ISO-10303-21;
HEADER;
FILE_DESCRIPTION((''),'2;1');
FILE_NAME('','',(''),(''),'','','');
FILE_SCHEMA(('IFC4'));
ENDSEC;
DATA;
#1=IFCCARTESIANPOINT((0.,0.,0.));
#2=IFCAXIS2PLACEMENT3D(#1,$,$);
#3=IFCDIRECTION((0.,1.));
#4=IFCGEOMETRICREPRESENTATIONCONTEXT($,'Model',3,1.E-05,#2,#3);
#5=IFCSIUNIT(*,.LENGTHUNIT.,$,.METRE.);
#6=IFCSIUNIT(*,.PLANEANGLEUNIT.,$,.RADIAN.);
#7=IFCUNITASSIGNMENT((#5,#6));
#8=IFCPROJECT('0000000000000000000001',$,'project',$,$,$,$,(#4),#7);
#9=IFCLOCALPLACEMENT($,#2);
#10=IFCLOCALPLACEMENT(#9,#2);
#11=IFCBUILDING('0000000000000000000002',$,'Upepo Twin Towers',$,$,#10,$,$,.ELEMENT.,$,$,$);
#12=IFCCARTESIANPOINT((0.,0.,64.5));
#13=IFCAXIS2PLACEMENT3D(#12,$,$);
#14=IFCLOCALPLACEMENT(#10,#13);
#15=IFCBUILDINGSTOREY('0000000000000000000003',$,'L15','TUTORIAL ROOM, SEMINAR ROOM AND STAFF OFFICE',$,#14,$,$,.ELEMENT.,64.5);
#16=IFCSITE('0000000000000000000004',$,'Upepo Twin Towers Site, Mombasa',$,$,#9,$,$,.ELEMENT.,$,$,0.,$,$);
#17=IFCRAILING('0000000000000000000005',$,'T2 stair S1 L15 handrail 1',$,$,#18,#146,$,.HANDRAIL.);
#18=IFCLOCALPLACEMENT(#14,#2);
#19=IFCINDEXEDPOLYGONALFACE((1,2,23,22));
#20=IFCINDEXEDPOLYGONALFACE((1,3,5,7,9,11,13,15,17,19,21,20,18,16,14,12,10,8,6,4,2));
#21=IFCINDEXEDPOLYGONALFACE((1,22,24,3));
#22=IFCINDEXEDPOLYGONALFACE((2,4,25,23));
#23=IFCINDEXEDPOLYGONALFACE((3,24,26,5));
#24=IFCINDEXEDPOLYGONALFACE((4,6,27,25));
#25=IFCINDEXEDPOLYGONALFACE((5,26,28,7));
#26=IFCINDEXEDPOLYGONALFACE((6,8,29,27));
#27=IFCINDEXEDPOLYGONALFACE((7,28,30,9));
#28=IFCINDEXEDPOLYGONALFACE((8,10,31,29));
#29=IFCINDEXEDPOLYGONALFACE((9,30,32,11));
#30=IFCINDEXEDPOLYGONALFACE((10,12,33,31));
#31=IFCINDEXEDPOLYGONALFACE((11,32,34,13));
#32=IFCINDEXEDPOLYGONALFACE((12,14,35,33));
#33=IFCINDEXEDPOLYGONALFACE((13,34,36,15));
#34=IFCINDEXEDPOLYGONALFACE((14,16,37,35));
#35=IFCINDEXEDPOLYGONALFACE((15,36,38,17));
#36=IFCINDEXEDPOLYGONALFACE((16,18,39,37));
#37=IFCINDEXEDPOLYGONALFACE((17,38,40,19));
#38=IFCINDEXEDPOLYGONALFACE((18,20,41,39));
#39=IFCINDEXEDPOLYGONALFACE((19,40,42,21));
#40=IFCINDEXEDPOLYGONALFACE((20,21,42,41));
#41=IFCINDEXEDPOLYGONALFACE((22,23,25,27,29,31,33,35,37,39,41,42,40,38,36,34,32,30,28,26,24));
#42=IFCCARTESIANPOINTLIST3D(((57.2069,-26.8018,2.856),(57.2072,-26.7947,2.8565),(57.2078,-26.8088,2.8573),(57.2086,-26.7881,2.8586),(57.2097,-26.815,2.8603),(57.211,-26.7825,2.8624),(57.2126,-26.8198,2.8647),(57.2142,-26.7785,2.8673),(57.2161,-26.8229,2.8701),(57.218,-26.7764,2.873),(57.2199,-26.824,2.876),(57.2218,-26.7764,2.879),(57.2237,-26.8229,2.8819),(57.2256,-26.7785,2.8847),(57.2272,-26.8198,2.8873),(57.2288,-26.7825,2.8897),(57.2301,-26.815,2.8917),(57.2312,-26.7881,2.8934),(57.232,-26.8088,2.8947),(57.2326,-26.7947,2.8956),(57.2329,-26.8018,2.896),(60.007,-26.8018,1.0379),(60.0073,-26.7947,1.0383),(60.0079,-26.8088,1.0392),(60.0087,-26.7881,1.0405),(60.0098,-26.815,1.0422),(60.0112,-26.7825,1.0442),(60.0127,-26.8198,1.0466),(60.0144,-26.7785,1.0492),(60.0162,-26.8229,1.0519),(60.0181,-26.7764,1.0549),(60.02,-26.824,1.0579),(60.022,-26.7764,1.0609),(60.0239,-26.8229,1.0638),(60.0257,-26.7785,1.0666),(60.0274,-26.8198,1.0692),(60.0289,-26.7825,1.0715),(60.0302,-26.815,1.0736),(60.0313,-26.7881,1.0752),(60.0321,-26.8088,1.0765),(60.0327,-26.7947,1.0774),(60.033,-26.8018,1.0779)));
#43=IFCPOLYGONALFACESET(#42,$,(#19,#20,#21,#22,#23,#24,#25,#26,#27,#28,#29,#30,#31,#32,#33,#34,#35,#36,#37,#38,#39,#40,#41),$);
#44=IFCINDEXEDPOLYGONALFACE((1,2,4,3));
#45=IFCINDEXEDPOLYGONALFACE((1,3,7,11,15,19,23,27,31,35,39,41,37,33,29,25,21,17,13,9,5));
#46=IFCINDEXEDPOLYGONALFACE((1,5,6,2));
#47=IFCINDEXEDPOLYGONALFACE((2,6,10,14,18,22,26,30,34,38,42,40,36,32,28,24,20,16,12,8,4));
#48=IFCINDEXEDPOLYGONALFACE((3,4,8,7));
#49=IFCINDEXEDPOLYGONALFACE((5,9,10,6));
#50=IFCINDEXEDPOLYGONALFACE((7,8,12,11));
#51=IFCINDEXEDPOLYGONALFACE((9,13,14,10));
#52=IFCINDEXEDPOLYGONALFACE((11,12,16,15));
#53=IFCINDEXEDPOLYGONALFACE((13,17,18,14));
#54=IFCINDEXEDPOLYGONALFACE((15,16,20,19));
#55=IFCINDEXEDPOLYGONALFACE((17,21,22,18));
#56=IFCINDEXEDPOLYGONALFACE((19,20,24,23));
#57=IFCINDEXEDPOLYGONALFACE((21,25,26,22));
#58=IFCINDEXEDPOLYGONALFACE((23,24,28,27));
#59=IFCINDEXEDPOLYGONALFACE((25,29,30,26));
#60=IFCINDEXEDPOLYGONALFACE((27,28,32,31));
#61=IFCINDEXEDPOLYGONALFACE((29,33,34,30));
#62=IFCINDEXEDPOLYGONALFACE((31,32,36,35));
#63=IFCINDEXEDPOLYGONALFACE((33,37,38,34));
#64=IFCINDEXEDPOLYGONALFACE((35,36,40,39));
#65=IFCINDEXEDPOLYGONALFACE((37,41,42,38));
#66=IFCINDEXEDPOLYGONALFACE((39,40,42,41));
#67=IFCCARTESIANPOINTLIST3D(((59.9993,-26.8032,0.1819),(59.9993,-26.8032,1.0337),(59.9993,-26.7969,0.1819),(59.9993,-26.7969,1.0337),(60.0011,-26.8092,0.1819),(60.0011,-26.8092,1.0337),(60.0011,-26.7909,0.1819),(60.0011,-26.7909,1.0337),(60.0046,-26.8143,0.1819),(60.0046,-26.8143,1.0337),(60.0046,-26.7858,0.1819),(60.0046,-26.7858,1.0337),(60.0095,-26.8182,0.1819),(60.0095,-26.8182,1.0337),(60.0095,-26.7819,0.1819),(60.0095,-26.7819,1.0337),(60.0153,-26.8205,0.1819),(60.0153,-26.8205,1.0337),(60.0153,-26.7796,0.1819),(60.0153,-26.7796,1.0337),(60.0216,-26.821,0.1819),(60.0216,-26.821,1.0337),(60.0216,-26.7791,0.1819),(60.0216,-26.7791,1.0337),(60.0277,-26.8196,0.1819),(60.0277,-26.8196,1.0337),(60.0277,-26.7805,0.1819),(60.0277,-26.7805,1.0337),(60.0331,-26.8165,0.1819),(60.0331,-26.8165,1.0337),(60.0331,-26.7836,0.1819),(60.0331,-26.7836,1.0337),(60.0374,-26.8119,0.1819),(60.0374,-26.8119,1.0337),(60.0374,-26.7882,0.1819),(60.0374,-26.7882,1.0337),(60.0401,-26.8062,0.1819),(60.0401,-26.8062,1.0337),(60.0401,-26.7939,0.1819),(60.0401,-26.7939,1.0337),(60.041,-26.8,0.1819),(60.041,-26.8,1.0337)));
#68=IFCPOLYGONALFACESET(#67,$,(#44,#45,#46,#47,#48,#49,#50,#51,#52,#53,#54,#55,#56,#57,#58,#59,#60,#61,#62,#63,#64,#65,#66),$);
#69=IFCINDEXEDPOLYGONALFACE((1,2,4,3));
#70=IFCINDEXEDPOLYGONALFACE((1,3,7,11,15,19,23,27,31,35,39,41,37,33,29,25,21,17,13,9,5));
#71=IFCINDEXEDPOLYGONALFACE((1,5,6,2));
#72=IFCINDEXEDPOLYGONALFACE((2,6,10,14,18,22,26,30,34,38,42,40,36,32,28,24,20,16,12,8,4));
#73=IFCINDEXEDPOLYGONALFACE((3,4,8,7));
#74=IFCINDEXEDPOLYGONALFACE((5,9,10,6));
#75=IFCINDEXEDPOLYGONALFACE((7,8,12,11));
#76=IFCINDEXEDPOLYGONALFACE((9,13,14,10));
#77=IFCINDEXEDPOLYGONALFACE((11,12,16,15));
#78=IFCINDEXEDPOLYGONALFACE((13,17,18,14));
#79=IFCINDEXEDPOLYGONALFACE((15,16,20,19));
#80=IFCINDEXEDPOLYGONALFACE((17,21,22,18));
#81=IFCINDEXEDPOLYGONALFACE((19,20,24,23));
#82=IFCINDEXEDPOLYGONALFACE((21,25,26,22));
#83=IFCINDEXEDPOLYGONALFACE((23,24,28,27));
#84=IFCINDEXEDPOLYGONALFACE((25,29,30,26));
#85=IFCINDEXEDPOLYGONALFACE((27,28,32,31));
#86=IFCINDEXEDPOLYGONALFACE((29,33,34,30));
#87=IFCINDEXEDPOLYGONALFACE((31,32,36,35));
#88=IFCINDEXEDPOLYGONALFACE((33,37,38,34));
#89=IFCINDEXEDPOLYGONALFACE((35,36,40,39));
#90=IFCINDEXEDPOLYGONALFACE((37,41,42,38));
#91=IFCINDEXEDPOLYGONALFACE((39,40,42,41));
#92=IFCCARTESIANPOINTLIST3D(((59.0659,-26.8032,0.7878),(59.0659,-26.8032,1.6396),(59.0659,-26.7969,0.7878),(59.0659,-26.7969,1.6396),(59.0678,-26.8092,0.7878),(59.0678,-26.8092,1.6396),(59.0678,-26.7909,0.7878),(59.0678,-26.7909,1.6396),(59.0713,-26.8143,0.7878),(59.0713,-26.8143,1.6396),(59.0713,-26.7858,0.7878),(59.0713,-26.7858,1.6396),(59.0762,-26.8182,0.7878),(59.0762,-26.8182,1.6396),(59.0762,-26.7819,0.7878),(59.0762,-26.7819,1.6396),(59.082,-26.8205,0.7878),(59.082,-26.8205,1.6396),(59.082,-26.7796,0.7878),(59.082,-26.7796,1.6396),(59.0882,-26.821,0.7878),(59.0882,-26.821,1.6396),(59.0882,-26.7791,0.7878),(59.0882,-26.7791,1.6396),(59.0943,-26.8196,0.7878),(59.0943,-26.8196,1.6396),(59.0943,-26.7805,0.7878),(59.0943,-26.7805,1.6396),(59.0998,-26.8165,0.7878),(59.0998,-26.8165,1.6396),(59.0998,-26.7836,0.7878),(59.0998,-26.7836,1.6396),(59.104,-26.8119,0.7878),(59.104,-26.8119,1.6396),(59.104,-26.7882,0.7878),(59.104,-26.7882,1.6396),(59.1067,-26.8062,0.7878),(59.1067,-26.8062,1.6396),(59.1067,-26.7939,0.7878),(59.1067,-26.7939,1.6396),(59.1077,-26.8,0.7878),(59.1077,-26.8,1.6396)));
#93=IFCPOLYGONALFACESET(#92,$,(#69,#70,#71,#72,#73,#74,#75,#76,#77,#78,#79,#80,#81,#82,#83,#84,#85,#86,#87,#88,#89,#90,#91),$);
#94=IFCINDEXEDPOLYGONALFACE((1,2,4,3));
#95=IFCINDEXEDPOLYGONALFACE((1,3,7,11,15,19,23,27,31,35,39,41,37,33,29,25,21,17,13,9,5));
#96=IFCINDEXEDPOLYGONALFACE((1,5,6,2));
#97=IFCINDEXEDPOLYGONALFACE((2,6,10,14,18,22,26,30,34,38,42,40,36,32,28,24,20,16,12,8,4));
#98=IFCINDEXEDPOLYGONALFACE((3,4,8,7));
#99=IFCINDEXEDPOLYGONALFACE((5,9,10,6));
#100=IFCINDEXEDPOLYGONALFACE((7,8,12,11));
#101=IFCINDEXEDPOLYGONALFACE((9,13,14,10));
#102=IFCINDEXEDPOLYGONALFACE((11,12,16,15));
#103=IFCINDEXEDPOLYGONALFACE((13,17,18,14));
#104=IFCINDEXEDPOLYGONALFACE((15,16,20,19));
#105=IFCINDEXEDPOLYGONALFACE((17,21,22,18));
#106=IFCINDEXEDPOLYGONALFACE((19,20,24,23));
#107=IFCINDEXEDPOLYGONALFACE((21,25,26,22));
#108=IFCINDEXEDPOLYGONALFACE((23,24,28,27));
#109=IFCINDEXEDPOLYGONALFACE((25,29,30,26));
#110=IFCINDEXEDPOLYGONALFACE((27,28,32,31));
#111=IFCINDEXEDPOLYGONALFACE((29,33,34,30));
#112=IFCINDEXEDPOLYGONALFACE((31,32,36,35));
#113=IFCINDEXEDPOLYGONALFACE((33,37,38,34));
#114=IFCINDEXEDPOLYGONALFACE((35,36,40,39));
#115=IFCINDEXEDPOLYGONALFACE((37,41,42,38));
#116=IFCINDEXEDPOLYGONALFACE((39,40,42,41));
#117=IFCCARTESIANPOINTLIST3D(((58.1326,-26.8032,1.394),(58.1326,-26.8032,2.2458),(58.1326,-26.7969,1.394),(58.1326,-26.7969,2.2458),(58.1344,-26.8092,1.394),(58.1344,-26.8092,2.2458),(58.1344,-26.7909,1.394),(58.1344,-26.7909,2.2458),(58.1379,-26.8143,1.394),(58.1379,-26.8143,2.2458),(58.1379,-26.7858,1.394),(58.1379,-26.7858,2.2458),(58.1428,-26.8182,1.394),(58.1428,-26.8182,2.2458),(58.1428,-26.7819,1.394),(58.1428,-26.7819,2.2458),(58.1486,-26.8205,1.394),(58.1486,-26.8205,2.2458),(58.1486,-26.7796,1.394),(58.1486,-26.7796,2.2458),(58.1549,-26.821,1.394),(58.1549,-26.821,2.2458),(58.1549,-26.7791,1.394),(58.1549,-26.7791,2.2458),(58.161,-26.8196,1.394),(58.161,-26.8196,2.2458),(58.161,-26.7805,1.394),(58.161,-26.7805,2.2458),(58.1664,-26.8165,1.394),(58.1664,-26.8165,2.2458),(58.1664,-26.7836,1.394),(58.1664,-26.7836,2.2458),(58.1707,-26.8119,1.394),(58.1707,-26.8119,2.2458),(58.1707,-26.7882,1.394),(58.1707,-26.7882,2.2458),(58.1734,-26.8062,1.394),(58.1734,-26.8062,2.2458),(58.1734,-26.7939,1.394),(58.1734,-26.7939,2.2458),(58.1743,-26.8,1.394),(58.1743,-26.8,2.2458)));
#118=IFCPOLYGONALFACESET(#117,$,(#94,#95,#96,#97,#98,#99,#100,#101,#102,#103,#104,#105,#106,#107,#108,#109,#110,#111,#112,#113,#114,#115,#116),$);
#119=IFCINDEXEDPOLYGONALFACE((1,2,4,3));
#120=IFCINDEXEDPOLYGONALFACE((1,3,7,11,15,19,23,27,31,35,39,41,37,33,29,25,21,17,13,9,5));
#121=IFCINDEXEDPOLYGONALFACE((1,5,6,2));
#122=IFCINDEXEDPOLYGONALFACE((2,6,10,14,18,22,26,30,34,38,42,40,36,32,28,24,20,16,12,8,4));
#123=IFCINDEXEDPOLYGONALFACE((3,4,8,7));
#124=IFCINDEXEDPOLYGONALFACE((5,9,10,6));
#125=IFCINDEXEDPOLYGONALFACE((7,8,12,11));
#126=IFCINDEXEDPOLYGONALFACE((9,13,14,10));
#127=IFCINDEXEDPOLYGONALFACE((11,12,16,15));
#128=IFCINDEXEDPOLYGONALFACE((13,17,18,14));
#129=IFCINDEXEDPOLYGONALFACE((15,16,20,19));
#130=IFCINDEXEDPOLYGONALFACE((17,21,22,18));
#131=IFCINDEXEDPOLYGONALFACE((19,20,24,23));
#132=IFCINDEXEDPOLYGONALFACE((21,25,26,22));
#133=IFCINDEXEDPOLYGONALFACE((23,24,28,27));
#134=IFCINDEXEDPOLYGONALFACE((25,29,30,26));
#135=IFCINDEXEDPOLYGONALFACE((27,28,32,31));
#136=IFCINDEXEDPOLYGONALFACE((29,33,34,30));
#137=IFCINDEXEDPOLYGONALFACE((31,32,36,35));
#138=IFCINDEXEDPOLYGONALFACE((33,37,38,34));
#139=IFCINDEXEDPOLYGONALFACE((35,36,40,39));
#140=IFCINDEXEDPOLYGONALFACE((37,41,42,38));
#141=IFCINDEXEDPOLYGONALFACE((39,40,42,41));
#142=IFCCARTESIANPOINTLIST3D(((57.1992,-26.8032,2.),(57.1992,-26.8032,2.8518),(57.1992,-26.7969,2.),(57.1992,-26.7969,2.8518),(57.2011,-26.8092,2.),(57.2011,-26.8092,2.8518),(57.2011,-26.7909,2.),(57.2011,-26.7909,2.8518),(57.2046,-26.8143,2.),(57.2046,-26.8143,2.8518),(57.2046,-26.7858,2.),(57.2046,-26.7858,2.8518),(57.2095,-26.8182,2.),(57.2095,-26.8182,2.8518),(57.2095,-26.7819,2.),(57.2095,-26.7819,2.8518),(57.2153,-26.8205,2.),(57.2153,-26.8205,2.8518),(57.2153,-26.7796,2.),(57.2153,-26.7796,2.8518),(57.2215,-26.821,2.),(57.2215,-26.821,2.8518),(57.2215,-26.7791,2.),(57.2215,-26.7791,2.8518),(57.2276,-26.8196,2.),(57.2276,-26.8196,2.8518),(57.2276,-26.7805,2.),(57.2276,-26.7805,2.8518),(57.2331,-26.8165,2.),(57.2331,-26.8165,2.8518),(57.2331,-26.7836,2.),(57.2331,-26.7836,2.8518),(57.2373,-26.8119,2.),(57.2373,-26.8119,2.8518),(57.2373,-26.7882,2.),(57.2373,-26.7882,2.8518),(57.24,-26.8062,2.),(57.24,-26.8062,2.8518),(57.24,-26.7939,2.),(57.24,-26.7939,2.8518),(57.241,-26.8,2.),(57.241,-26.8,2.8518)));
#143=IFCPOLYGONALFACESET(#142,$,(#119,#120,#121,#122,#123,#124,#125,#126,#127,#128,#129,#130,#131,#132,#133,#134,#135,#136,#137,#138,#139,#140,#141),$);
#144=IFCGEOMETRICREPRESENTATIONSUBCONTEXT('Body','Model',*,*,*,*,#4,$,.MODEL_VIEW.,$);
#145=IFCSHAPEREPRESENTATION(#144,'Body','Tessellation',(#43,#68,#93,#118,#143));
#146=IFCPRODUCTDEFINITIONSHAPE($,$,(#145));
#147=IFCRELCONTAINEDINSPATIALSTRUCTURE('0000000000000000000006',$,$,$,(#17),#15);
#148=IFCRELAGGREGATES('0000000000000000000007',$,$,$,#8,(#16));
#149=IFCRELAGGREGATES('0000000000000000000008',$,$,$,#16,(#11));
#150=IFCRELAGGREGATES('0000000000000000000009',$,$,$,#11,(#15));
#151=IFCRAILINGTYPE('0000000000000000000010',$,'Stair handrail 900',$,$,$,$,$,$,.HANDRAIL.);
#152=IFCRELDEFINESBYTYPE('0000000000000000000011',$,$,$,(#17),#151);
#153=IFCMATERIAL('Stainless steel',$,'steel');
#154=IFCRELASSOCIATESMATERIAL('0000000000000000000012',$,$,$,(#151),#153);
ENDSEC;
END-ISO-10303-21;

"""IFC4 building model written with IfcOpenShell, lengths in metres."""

from ifc_helpers import new_model, si_unit, direction, frame, origin, origin_2d, place, context, subcontext, project, spatial, circle, extrude, material, type_object, element, save


model = new_model("IFC4")

# Units and contexts
model_context = context("Model", 3, precision=1e-05, world=origin(), true_north=direction((0.0, 1.0)))
body_context = subcontext(model_context, "Body", "Model", "MODEL_VIEW")
ifc_project = project(units=[si_unit("LENGTHUNIT", "METRE"), si_unit("PLANEANGLEUNIT", "RADIAN")], contexts=[model_context])

# Site, building, storey
site_placement = place(None, origin())
site = spatial("IfcSite", under=ifc_project, at=site_placement, Name="Upepo Twin Towers Site, Mombasa", CompositionType="ELEMENT", RefElevation=0.0)
building_placement = place(site_placement, origin())
building = spatial("IfcBuilding", under=site, at=building_placement, Name="Upepo Twin Towers", CompositionType="ELEMENT")
storey_placement = place(building_placement, frame((0.0, 0.0, 64.5)))
storey = spatial("IfcBuildingStorey", under=building, at=storey_placement, Name="L15", Description="TUTORIAL ROOM, SEMINAR ROOM AND STAFF OFFICE", CompositionType="ELEMENT", Elevation=64.5)

# Railing
ifc_material_1 = material(Name="Stainless steel", Category="steel")
railing_type = type_object("IfcRailingType", Name="Stair handrail 900", PredefinedType="HANDRAIL", material=ifc_material_1)
railing_1_placement = place(storey_placement, frame((60.02, -26.8, 0.1819)))
element("IfcRailing", 1, at=railing_1_placement, inside=storey, type_object=railing_type, Name="T2 stair S1 L15 handrail 1", PredefinedType="HANDRAIL", context=body_context, shape_type="SweptSolid", body=[
    extrude(circle(Radius=0.0239, at=origin_2d()), frame((0.0, 0.0, 0.876), z_axis=(-0.838706, 0.0, 0.544585), x_axis=(0.0, -1.0, 0.0)), (0.0, 0.0, 1.0), 3.3386),
    extrude(circle(Radius=0.021, at=origin_2d()), origin(), (0.0, 0.0, 1.0), 0.8518),
    extrude(circle(Radius=0.021, at=origin_2d()), frame((-0.9333, 0.0, 0.606)), (0.0, 0.0, 1.0), 0.8518),
    extrude(circle(Radius=0.021, at=origin_2d()), frame((-1.8667, 0.0, 1.2122)), (0.0, 0.0, 1.0), 0.8518),
    extrude(circle(Radius=0.021, at=origin_2d()), frame((-2.8, 0.0, 1.8181)), (0.0, 0.0, 1.0), 0.8518),
])

save(model, "model.ifc")
